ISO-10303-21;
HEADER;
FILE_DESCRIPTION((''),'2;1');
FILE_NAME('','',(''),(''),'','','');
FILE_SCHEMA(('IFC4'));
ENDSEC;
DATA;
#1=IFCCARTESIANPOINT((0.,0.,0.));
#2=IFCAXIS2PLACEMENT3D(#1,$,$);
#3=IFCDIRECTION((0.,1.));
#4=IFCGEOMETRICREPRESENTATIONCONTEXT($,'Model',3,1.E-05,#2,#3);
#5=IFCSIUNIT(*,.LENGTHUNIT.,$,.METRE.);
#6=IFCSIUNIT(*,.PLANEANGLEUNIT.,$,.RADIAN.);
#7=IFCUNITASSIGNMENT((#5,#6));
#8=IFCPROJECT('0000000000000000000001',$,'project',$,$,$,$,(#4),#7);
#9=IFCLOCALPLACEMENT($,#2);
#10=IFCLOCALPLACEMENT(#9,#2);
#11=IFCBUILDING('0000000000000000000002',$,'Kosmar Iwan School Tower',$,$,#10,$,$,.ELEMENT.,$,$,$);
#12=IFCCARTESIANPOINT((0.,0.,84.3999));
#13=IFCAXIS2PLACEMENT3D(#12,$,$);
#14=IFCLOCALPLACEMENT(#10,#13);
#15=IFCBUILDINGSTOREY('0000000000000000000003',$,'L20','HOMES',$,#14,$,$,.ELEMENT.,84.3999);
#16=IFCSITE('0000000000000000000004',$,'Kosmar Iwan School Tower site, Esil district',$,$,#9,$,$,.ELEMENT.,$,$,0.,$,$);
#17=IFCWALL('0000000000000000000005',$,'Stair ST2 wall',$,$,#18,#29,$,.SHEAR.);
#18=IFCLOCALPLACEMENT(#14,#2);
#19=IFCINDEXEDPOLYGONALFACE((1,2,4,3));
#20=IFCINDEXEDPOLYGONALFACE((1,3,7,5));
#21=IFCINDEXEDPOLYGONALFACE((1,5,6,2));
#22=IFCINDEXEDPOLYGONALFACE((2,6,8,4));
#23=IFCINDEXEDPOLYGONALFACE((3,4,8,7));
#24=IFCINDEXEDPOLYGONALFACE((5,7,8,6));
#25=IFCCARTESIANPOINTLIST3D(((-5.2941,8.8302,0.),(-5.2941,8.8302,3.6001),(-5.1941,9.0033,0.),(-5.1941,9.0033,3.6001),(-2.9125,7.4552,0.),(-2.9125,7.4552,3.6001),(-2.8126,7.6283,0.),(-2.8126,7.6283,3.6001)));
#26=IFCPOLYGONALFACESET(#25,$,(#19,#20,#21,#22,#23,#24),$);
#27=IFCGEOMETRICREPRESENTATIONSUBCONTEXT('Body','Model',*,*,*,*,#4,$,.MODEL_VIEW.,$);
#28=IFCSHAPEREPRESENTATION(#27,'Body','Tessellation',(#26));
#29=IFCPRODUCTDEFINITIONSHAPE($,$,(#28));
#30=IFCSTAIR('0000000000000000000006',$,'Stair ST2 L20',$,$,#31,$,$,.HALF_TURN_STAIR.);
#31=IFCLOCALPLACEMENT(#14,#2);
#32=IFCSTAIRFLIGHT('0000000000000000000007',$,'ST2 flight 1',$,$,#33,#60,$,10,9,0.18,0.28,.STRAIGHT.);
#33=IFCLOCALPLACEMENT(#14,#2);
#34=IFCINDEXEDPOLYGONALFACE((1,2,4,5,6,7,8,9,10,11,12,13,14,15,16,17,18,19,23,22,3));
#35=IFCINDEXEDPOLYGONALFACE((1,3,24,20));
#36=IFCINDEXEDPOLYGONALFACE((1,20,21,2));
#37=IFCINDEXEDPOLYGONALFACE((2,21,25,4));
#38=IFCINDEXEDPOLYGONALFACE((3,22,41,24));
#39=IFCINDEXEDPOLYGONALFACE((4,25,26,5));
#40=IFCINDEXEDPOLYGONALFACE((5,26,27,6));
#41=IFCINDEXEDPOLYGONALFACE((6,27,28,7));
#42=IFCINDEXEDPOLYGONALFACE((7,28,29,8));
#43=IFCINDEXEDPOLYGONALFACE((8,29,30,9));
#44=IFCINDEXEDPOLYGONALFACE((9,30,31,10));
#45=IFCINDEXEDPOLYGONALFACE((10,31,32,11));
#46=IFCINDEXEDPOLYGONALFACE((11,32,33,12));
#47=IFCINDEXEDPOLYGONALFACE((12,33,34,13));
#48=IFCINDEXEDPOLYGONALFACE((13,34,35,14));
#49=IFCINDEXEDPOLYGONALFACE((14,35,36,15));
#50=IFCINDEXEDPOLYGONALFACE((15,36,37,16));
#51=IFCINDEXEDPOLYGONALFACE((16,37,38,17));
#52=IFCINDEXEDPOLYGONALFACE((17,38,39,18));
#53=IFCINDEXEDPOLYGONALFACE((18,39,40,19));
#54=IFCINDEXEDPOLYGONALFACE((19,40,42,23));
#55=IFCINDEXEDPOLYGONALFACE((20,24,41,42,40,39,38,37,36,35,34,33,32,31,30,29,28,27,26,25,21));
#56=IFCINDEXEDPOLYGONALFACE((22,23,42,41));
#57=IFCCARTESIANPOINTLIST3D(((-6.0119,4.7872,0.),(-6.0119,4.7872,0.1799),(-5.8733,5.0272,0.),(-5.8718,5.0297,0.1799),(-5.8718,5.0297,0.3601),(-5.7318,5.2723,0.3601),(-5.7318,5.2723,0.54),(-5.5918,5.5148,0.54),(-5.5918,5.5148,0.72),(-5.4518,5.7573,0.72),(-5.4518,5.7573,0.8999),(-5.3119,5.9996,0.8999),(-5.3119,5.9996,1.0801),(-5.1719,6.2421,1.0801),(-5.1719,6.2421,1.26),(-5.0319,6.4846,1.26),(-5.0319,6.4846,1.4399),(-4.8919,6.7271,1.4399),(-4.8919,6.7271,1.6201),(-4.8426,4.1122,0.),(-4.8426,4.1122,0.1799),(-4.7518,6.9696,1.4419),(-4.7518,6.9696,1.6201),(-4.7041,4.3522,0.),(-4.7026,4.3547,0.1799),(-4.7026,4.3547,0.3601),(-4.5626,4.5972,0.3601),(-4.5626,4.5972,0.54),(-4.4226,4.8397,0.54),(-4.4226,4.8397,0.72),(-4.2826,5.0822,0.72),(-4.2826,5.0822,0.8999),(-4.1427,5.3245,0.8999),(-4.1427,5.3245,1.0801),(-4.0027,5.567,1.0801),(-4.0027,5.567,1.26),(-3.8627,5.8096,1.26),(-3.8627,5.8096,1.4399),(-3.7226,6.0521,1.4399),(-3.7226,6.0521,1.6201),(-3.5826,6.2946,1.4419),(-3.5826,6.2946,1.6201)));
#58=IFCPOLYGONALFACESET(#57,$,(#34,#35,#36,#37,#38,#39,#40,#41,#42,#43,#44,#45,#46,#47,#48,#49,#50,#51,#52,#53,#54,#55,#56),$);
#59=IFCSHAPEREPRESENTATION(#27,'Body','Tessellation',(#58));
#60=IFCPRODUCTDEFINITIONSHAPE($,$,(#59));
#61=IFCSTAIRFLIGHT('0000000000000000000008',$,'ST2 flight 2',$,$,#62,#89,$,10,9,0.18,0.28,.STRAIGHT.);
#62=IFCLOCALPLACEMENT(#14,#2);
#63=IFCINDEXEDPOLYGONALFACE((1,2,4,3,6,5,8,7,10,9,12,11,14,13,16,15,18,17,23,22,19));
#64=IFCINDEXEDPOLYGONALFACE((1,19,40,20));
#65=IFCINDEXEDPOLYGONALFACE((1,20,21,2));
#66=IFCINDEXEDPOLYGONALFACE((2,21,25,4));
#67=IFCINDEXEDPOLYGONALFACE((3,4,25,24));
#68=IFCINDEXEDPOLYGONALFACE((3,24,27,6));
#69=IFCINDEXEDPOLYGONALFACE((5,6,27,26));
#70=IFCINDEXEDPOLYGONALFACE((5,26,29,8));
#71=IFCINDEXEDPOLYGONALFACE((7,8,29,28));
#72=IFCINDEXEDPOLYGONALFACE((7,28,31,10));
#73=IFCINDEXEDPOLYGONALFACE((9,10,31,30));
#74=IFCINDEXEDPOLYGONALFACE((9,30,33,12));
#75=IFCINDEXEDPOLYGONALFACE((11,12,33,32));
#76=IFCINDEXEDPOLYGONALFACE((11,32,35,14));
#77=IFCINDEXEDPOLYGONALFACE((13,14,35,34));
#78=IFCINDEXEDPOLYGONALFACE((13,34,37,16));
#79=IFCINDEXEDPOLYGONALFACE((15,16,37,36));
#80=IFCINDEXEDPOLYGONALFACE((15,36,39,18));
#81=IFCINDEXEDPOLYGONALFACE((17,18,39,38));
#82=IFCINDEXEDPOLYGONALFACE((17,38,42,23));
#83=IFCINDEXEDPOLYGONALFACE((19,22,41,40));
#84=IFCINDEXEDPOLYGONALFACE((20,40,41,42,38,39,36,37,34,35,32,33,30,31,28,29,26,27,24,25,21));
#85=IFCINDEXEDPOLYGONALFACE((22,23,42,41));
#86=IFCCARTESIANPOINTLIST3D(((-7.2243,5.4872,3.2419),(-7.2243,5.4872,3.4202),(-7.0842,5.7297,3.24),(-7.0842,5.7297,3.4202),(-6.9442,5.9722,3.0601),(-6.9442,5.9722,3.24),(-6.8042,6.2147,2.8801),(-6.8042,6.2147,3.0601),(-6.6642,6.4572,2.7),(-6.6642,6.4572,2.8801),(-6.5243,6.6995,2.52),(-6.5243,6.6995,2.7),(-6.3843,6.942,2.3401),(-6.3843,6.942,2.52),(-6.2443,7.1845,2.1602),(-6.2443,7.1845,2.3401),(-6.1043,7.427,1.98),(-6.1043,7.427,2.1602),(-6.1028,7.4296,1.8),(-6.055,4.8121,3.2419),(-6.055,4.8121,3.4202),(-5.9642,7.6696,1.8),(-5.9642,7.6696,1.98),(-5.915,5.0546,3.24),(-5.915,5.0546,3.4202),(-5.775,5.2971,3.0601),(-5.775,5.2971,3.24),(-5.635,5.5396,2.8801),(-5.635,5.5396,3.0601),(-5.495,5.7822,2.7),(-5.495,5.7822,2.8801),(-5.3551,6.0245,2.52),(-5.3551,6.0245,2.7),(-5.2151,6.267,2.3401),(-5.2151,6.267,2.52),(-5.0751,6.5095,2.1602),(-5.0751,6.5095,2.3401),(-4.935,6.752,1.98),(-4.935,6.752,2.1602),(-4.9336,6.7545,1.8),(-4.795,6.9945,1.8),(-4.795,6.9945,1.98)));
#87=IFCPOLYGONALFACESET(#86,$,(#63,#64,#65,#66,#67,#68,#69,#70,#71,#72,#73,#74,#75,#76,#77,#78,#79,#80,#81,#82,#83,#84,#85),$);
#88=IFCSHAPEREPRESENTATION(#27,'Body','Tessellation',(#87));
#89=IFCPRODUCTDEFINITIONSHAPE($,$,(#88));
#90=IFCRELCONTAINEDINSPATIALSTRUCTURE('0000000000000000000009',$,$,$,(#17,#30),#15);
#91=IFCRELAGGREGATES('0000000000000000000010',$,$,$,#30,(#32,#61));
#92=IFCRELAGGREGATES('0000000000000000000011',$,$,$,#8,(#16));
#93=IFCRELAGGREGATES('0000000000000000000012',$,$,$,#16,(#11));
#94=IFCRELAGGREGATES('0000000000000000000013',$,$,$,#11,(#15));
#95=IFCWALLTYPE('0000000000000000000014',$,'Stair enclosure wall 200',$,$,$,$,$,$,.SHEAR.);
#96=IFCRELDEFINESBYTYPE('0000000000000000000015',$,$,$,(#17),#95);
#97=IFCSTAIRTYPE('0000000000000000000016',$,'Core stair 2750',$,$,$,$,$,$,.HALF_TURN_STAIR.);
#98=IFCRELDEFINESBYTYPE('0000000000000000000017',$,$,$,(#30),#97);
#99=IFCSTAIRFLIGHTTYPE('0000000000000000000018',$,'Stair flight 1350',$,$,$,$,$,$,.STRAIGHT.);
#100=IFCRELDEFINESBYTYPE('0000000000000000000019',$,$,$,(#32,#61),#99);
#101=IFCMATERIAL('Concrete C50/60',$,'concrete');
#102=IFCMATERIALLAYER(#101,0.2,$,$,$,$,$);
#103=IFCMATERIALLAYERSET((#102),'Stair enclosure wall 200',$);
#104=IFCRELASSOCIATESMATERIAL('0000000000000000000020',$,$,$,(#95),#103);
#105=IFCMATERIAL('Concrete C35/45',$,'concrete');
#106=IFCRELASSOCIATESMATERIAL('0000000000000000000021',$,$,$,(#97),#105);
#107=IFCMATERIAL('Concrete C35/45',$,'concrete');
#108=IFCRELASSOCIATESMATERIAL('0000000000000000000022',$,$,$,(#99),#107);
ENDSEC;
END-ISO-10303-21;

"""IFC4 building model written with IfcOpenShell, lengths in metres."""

from ifc_helpers import new_model, si_unit, direction, frame, frame_2d, origin, place, context, subcontext, project, spatial, polyline, rectangle, outline, extrude, material, layer, layer_set, type_object, element, aggregate, save


model = new_model("IFC4")

# Units and contexts
model_context = context("Model", 3, precision=1e-05, world=origin(), true_north=direction((0.0, 1.0)))
body_context = subcontext(model_context, "Body", "Model", "MODEL_VIEW")
ifc_project = project(units=[si_unit("LENGTHUNIT", "METRE"), si_unit("PLANEANGLEUNIT", "RADIAN")], contexts=[model_context])

# Site, building, storey
site_placement = place(None, origin())
site = spatial("IfcSite", under=ifc_project, at=site_placement, Name="Kosmar Iwan School Tower site, Esil district", CompositionType="ELEMENT", RefElevation=0.0)
building_placement = place(site_placement, origin())
building = spatial("IfcBuilding", under=site, at=building_placement, Name="Kosmar Iwan School Tower", CompositionType="ELEMENT")
storey_placement = place(building_placement, frame((0.0, 0.0, 84.3999)))
storey = spatial("IfcBuildingStorey", under=building, at=storey_placement, Name="L20", Description="HOMES", CompositionType="ELEMENT", Elevation=84.3999)

# Wall
ifc_material_1 = material(Name="Concrete C50/60", Category="concrete")
ifc_layer_1 = layer(ifc_material_1, 0.2)
ifc_layer_set_1 = layer_set([ifc_layer_1], Name="Stair enclosure wall 200")
wall_type_1 = type_object("IfcWallType", Name="Stair enclosure wall 200", PredefinedType="SHEAR", material=ifc_layer_set_1)
wall_1_placement = place(storey_placement, frame((-2.8625, 7.5417, 0.0), z_axis=(0.0, 0.0, 1.0), x_axis=(-0.866027, 0.499997, 0.0)))
element("IfcWall", 1, at=wall_1_placement, inside=storey, type_object=wall_type_1, Name="Stair ST2 wall", PredefinedType="SHEAR", context=body_context, shape_type="SweptSolid", body=[
    extrude(rectangle(XDim=2.75, YDim=0.2, at=frame_2d((1.375, 0.0))), origin(), (0.0, 0.0, 1.0), 3.6001),
])

# Stair, stair flights
ifc_material_2 = material(Name="Concrete C35/45", Category="concrete")
stair_type = type_object("IfcStairType", Name="Core stair 2750", PredefinedType="HALF_TURN_STAIR", material=ifc_material_2)
stair_placement = place(storey_placement, origin())
stair = element("IfcStair", 2, at=stair_placement, inside=storey, type_object=stair_type, Name="Stair ST2 L20", PredefinedType="HALF_TURN_STAIR")
ifc_material_3 = material(Name="Concrete C35/45", Category="concrete")
stair_flight_type = type_object("IfcStairFlightType", Name="Stair flight 1350", PredefinedType="STRAIGHT", material=ifc_material_3)
stair_flight_1_placement = place(storey_placement, frame((-5.4272, 4.4497, 0.0), z_axis=(0.0, 0.0, 1.0), x_axis=(0.5, 0.866025, 0.0)))
stair_flight_1 = element("IfcStairFlight", 3, at=stair_flight_1_placement, type_object=stair_flight_type, Name="ST2 flight 1", NumberOfRisers=10, NumberOfTreads=9, PredefinedType="STRAIGHT", RiserHeight=0.18, TreadLength=0.28, context=body_context, shape_type="SweptSolid", body=[
    extrude(outline(polyline([(0.0, 0.0), (0.0, 0.1799), (0.28, 0.1799), (0.28, 0.3601), (0.5601, 0.3601), (0.5601, 0.54), (0.8401, 0.54), (0.8401, 0.72), (1.1201, 0.72), (1.1201, 0.8999), (1.3999, 0.8999), (1.3999, 1.0801), (1.6799, 1.0801), (1.6799, 1.26), (1.96, 1.26), (1.96, 1.4399), (2.24, 1.4399), (2.24, 1.6201), (2.52, 1.6201), (2.52, 1.8), (2.52, 1.4419), (0.2771, 0.0), (0.0, 0.0)])), frame((0.0, 0.675, 0.0), z_axis=(0.0, -1.0, 0.0), x_axis=(1.0, 0.0, 0.0)), (0.0, 0.0, 1.0), 1.3501),
])
stair_flight_2_placement = place(storey_placement, frame((-5.3796, 7.332, 1.8), z_axis=(0.0, 0.0, 1.0), x_axis=(-0.5, -0.866025, 0.0)))
stair_flight_2 = element("IfcStairFlight", 4, at=stair_flight_2_placement, type_object=stair_flight_type, Name="ST2 flight 2", NumberOfRisers=10, NumberOfTreads=9, PredefinedType="STRAIGHT", RiserHeight=0.18, TreadLength=0.28, context=body_context, shape_type="SweptSolid", body=[
    extrude(outline(polyline([(0.0, 0.0), (0.0, 0.1799), (0.28, 0.1799), (0.28, 0.3601), (0.5601, 0.3601), (0.5601, 0.54), (0.8401, 0.54), (0.8401, 0.72), (1.1201, 0.72), (1.1201, 0.8999), (1.3999, 0.8999), (1.3999, 1.0801), (1.6799, 1.0801), (1.6799, 1.26), (1.96, 1.26), (1.96, 1.4399), (2.24, 1.4399), (2.24, 1.6201), (2.52, 1.6201), (2.52, 1.8), (2.52, 1.4419), (0.2771, 0.0), (0.0, 0.0)])), frame((0.0, 0.675, 0.0), z_axis=(0.0, -1.0, 0.0), x_axis=(1.0, 0.0, 0.0)), (0.0, 0.0, 1.0), 1.3501),
])
aggregate(stair, [stair_flight_1, stair_flight_2])

save(model, "model.ifc")
